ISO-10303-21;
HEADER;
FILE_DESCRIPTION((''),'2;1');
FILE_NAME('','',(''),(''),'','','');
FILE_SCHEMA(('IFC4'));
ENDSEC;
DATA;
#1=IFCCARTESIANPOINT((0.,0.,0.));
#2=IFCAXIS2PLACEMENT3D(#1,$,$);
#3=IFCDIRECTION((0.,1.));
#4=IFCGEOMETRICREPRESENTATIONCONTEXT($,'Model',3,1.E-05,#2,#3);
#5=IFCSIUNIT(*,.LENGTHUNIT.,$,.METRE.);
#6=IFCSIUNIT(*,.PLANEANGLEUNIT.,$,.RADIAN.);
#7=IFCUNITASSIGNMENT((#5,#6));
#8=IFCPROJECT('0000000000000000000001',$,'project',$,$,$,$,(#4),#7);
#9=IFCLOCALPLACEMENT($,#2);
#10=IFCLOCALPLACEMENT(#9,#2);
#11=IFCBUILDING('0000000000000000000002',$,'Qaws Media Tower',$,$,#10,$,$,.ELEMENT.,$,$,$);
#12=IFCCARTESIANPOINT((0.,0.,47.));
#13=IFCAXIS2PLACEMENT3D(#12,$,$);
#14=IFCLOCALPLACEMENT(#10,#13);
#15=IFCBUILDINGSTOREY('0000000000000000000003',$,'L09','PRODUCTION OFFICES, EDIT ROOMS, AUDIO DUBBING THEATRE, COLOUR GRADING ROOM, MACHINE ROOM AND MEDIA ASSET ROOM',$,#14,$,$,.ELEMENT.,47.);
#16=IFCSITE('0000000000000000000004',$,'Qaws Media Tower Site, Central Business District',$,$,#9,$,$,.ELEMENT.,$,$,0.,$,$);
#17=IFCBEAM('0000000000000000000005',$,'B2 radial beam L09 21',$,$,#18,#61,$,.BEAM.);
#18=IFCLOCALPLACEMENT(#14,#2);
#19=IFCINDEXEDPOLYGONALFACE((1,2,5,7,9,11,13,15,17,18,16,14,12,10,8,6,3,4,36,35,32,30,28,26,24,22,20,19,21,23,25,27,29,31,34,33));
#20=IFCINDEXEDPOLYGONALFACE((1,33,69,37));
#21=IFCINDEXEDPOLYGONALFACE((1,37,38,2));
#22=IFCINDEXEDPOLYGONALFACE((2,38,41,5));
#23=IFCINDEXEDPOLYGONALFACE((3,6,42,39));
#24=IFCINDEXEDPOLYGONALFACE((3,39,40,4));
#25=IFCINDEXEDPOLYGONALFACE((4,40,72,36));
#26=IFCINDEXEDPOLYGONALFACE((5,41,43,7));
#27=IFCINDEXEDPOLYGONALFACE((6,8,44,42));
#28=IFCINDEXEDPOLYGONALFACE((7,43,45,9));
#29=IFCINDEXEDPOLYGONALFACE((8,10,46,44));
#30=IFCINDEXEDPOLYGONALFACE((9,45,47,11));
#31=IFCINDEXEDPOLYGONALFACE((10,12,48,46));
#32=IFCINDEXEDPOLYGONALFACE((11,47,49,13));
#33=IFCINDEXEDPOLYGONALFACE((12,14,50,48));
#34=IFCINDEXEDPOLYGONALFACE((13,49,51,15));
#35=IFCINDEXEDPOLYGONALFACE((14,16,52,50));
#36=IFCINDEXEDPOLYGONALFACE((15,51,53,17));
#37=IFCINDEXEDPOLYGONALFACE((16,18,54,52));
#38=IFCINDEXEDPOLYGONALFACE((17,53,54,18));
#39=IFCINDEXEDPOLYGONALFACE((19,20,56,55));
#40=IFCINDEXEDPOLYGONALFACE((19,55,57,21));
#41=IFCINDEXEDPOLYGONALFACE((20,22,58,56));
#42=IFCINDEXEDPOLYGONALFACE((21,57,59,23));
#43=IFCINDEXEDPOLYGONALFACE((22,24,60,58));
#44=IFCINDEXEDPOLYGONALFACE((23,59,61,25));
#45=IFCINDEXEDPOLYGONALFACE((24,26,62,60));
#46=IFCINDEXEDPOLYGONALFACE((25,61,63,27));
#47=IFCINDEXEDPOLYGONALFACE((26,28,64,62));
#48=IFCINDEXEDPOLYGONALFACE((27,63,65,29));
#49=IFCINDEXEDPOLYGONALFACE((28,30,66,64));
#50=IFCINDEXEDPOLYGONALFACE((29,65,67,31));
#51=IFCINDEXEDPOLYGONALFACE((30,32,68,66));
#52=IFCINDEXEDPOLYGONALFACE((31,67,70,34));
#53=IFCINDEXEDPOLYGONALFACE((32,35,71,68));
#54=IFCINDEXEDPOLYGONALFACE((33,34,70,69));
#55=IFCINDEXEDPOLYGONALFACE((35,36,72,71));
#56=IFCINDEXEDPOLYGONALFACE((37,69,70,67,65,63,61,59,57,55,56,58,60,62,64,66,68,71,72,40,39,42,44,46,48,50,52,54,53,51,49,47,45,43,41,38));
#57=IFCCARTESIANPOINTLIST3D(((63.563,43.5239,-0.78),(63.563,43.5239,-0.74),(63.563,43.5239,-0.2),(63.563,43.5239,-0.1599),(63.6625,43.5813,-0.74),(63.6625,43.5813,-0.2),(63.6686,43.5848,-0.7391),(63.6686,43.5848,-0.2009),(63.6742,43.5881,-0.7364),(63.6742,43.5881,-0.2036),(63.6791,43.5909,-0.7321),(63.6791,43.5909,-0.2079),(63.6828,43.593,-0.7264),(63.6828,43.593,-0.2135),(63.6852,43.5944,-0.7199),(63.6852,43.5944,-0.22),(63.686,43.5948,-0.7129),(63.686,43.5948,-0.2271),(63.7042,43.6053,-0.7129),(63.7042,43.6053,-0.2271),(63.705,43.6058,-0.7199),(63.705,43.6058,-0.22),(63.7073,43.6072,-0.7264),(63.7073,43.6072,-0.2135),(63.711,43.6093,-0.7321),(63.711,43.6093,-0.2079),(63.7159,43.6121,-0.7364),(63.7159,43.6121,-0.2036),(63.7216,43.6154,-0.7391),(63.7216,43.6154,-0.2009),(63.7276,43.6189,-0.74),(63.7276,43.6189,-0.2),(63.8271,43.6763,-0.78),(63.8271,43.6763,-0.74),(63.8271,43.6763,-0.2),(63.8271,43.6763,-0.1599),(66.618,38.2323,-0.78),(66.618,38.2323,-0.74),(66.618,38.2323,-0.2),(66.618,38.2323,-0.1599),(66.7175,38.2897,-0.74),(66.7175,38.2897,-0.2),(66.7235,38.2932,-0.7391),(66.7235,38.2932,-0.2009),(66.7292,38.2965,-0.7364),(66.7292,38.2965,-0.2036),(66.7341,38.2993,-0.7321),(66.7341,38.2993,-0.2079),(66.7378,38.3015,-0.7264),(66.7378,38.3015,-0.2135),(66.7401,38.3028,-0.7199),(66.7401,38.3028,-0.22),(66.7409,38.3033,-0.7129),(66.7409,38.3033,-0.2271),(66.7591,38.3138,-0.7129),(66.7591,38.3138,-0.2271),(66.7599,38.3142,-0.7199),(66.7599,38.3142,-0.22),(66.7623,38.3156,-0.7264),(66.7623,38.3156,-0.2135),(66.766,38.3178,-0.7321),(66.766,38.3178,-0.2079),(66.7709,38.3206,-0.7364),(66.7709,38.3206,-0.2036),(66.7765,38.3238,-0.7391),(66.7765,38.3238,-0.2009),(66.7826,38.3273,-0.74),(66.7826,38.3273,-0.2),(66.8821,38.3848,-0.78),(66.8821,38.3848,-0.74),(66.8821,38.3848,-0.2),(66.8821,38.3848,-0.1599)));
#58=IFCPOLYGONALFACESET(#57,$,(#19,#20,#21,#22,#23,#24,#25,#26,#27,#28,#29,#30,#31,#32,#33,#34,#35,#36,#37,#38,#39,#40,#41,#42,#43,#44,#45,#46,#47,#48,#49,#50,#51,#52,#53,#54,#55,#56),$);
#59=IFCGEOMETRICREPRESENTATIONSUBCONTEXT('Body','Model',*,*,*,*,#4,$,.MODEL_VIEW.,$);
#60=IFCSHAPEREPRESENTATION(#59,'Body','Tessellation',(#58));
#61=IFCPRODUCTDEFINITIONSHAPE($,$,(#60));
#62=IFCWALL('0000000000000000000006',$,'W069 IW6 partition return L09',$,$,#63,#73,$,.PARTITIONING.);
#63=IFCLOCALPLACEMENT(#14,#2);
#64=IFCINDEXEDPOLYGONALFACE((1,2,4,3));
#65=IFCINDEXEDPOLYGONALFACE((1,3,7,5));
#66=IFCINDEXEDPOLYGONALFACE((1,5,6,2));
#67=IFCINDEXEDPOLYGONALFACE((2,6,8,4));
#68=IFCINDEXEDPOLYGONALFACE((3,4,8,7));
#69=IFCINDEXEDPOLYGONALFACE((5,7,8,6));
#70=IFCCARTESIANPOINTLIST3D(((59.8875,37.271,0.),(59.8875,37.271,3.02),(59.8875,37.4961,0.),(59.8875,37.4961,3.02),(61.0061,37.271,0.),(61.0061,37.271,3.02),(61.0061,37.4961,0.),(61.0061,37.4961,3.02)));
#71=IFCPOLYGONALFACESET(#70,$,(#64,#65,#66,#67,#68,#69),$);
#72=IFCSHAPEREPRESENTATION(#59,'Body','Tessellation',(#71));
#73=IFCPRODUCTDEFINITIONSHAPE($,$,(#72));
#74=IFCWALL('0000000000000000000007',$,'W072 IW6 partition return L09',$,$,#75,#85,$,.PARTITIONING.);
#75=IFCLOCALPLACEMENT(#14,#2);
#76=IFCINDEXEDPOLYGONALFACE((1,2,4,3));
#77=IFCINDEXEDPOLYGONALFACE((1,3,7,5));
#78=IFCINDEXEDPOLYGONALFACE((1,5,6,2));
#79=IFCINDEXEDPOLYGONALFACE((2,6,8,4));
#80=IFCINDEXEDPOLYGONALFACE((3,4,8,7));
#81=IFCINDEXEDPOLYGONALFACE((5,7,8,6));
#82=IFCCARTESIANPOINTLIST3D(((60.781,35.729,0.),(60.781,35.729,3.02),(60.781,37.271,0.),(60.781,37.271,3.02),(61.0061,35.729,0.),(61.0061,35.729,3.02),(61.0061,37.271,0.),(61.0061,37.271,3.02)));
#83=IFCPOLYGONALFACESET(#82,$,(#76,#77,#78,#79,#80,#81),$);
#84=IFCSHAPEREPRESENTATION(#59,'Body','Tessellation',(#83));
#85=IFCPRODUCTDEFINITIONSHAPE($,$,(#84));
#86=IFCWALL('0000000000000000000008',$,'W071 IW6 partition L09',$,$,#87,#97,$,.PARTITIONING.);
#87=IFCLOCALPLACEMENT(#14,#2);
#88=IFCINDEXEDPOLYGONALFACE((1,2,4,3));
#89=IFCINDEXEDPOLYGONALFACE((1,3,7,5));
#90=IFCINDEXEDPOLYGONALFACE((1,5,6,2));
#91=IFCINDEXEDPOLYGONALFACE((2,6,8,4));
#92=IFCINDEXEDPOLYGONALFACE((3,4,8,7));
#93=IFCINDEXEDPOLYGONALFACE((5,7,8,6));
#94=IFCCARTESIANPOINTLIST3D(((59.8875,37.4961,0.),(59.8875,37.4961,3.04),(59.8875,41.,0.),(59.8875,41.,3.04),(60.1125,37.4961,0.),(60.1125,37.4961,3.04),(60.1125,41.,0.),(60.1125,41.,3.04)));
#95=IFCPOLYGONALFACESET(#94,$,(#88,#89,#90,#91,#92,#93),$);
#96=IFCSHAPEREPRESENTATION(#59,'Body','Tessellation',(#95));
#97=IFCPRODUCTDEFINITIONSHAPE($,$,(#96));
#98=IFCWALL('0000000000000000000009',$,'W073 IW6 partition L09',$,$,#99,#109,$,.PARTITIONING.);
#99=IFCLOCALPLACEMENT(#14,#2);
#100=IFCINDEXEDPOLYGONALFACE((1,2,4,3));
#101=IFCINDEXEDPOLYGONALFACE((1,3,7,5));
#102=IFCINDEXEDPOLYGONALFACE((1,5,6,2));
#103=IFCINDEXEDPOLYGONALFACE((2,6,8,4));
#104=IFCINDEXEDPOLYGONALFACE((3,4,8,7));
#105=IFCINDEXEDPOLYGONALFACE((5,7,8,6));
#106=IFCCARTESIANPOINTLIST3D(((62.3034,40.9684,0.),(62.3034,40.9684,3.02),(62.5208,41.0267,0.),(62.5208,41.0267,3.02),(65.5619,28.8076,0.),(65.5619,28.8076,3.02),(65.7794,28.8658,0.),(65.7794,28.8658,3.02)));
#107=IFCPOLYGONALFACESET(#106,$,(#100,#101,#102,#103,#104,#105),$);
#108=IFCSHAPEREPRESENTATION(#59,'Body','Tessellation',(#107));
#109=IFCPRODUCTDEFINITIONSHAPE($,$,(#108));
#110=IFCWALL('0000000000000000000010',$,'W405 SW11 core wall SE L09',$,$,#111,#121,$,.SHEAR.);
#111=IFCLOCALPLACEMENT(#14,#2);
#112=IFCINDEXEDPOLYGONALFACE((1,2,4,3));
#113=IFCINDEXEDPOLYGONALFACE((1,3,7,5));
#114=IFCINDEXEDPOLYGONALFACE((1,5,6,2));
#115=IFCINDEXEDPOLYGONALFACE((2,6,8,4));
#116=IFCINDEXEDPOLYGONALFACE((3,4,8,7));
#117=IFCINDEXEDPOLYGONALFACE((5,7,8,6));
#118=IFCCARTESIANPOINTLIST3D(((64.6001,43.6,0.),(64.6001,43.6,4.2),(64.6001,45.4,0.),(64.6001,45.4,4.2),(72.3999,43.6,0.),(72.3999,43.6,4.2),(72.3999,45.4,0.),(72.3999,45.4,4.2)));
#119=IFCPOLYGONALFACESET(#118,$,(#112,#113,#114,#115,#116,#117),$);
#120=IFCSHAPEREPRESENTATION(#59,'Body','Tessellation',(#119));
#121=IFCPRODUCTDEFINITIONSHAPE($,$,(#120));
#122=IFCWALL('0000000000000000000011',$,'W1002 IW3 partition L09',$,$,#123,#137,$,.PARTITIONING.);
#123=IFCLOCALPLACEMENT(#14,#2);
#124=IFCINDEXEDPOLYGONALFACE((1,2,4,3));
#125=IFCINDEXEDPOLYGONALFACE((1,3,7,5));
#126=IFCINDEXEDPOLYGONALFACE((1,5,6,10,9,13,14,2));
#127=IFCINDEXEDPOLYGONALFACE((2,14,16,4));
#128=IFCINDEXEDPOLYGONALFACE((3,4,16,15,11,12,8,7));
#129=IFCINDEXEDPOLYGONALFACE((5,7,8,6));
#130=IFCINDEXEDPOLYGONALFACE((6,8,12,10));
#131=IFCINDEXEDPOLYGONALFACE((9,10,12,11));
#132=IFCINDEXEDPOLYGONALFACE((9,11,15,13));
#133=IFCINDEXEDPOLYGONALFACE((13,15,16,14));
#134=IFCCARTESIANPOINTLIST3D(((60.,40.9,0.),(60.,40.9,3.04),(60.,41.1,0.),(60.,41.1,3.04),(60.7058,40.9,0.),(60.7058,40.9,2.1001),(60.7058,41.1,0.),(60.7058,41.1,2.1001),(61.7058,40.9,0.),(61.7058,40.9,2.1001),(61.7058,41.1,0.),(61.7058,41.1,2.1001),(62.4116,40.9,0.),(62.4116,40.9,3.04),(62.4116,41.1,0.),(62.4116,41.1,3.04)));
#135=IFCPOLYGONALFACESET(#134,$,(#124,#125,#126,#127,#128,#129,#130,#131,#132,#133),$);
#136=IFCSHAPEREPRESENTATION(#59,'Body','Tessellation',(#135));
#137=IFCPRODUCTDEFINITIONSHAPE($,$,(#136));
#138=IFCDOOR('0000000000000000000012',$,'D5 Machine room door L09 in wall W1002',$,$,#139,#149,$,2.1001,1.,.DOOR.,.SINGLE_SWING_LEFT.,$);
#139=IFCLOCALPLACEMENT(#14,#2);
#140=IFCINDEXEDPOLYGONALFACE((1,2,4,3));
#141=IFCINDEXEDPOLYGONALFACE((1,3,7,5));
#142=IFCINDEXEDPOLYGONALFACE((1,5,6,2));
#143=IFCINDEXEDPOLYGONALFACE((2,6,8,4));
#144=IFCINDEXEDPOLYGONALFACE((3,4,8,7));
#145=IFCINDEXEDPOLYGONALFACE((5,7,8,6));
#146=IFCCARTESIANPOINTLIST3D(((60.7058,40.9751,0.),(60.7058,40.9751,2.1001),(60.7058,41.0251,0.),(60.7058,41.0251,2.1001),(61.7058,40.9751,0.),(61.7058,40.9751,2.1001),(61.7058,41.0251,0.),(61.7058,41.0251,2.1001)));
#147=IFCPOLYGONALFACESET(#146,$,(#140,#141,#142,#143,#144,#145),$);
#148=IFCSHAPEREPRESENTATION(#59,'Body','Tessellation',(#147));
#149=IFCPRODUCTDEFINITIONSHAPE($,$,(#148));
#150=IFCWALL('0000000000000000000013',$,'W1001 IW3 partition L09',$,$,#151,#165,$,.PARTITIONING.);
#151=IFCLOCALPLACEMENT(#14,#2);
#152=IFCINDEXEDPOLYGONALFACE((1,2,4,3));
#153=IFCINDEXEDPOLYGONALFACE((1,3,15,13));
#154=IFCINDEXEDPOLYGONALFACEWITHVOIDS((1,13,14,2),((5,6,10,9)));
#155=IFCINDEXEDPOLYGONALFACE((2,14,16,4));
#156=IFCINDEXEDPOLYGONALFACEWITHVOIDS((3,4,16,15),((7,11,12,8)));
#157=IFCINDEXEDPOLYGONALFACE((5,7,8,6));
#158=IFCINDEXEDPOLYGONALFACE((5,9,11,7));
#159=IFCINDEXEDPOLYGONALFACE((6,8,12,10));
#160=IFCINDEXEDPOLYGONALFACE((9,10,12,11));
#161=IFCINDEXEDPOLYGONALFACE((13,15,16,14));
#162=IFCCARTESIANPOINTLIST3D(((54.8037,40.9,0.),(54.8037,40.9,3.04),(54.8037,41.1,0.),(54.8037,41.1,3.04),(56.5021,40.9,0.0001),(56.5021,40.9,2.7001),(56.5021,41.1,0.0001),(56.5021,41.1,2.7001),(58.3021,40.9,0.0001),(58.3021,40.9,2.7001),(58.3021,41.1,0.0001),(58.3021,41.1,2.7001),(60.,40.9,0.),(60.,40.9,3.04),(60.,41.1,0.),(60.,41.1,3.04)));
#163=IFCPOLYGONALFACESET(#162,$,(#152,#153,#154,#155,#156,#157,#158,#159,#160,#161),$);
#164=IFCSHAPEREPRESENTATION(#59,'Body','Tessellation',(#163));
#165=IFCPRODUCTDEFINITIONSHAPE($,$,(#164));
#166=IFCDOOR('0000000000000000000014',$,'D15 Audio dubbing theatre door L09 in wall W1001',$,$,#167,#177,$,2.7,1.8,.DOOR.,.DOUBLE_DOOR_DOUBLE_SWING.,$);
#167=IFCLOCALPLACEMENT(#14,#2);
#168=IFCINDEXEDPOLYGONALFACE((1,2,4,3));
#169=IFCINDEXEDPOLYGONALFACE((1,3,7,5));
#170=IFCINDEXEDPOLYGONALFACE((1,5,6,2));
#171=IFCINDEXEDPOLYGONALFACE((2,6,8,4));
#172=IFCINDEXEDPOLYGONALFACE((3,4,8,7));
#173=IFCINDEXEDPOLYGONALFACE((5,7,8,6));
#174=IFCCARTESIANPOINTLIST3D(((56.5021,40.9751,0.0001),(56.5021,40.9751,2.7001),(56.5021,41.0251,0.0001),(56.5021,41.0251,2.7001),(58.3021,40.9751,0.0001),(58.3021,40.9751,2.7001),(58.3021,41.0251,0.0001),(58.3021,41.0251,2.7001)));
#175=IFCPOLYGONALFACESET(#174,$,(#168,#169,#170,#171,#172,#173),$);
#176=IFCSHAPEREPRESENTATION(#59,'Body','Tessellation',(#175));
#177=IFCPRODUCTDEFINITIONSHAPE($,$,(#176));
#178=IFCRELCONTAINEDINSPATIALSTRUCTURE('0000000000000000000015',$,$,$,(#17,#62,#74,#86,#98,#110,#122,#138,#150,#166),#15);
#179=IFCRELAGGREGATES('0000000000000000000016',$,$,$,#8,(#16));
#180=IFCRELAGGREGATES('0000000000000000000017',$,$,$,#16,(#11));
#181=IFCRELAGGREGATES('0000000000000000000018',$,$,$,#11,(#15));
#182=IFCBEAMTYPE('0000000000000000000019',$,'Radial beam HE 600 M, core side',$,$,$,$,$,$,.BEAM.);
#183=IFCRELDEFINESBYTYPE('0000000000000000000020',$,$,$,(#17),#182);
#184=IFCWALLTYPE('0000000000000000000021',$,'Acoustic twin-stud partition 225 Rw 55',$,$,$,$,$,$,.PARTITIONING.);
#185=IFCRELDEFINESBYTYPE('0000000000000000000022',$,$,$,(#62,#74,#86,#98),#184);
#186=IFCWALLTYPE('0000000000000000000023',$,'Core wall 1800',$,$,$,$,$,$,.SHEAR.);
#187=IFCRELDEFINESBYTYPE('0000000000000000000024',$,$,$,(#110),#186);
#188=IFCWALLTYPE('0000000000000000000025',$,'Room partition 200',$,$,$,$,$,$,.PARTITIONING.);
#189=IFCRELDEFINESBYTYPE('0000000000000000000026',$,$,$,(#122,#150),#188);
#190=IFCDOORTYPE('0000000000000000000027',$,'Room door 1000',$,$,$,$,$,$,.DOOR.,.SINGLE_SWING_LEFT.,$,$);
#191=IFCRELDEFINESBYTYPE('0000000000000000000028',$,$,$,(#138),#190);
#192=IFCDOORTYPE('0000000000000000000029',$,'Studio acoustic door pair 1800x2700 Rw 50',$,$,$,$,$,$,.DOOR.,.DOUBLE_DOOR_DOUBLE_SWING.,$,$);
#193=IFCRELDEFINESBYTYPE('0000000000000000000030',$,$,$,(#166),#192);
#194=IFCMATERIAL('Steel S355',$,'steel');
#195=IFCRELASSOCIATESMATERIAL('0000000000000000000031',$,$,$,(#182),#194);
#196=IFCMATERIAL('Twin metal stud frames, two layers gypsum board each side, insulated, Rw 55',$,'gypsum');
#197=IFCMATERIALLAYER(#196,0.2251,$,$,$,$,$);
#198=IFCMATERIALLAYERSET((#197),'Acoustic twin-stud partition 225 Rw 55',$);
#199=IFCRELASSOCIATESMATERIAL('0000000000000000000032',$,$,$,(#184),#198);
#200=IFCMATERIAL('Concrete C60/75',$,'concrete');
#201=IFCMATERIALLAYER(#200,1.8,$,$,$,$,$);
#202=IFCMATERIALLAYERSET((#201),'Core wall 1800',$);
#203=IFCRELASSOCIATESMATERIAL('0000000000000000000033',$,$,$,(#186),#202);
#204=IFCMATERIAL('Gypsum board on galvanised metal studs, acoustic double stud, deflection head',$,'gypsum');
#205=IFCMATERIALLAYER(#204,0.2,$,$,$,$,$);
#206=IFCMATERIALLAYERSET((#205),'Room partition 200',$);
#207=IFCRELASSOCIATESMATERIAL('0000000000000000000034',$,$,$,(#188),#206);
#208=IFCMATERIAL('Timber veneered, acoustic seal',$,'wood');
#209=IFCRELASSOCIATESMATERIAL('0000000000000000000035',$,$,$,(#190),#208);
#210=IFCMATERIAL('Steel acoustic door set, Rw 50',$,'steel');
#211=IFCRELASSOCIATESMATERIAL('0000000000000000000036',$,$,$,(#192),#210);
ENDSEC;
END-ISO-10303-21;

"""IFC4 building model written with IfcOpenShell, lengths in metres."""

from ifc_helpers import new_model, si_unit, direction, frame, frame_2d, origin, origin_2d, place, context, subcontext, project, spatial, rectangle, i_section, extrude, material, layer, layer_set, material_profile, profile_set, type_object, element, fill, save


model = new_model("IFC4")

# Units and contexts
model_context = context("Model", 3, precision=1e-05, world=origin(), true_north=direction((0.0, 1.0)))
body_context = subcontext(model_context, "Body", "Model", "MODEL_VIEW")
ifc_project = project(units=[si_unit("LENGTHUNIT", "METRE"), si_unit("PLANEANGLEUNIT", "RADIAN")], contexts=[model_context])

# Site, building, storey
site_placement = place(None, origin())
site = spatial("IfcSite", under=ifc_project, at=site_placement, Name="Qaws Media Tower Site, Central Business District", CompositionType="ELEMENT", RefElevation=0.0)
building_placement = place(site_placement, origin())
building = spatial("IfcBuilding", under=site, at=building_placement, Name="Qaws Media Tower", CompositionType="ELEMENT")
storey_placement = place(building_placement, frame((0.0, 0.0, 47.0)))
storey = spatial("IfcBuildingStorey", under=building, at=storey_placement, Name="L09", Description="PRODUCTION OFFICES, EDIT ROOMS, AUDIO DUBBING THEATRE, COLOUR GRADING ROOM, MACHINE ROOM AND MEDIA ASSET ROOM", CompositionType="ELEMENT", Elevation=47.0)

# Beam
ifc_material_1 = material(Name="Steel S355", Category="steel")
ifc_material_profile = material_profile(ifc_material_1, i_section(OverallWidth=0.3049, OverallDepth=0.6201, WebThickness=0.021, FlangeThickness=0.04, FilletRadius=0.0271, at=origin_2d()), Name="HE 600 M")
ifc_profile_set = profile_set([ifc_material_profile], Name="Steel S355")
beam_type = type_object("IfcBeamType", Name="Radial beam HE 600 M, core side", PredefinedType="BEAM", material=ifc_profile_set)
beam_1_placement = place(storey_placement, frame((63.6951, 43.6001, -0.47), z_axis=(0.499985, -0.866034, 0.0), x_axis=(0.866034, 0.499985, 0.0)))
element("IfcBeam", 1, at=beam_1_placement, inside=storey, type_object=beam_type, Name="B2 radial beam L09 21", PredefinedType="BEAM", context=body_context, shape_type="SweptSolid", body=[
    extrude(i_section(OverallWidth=0.3049, OverallDepth=0.6201, WebThickness=0.021, FlangeThickness=0.04, FilletRadius=0.0271, at=origin_2d()), origin(), (0.0, 0.0, 1.0), 6.1101),
])

# Walls
ifc_material_2 = material(Name="Twin metal stud frames, two layers gypsum board each side, insulated, Rw 55", Category="gypsum")
ifc_layer_1 = layer(ifc_material_2, 0.2251)
ifc_layer_set_1 = layer_set([ifc_layer_1], Name="Acoustic twin-stud partition 225 Rw 55")
wall_type_1 = type_object("IfcWallType", Name="Acoustic twin-stud partition 225 Rw 55", PredefinedType="PARTITIONING", material=ifc_layer_set_1)
wall_1_placement = place(storey_placement, frame((59.8875, 37.3835, 0.0), z_axis=(0.0, 0.0, 1.0), x_axis=(1.0, 0.0, 0.0)))
element("IfcWall", 2, at=wall_1_placement, inside=storey, type_object=wall_type_1, Name="W069 IW6 partition return L09", PredefinedType="PARTITIONING", context=body_context, shape_type="SweptSolid", body=[
    extrude(rectangle(XDim=1.1187, YDim=0.2251, at=frame_2d((0.5593, 0.0))), origin(), (0.0, 0.0, 1.0), 3.02),
])
wall_2_placement = place(storey_placement, frame((60.8936, 37.271, 0.0), z_axis=(0.0, 0.0, 1.0), x_axis=(0.0, -1.0, 0.0)))
element("IfcWall", 3, at=wall_2_placement, inside=storey, type_object=wall_type_1, Name="W072 IW6 partition return L09", PredefinedType="PARTITIONING", context=body_context, shape_type="SweptSolid", body=[
    extrude(rectangle(XDim=1.542, YDim=0.2251, at=frame_2d((0.771, 0.0))), origin(), (0.0, 0.0, 1.0), 3.02),
])
wall_3_placement = place(storey_placement, frame((60.0, 41.0, 0.0), z_axis=(0.0, 0.0, 1.0), x_axis=(0.0, -1.0, 0.0)))
element("IfcWall", 4, at=wall_3_placement, inside=storey, type_object=wall_type_1, Name="W071 IW6 partition L09", PredefinedType="PARTITIONING", context=body_context, shape_type="SweptSolid", body=[
    extrude(rectangle(XDim=3.5039, YDim=0.2251, at=frame_2d((1.752, 0.0))), origin(), (0.0, 0.0, 1.0), 3.04),
])
wall_4_placement = place(storey_placement, frame((62.4121, 40.9976, 0.0), z_axis=(0.0, 0.0, 1.0), x_axis=(0.258822, -0.965925, 0.0)))
element("IfcWall", 5, at=wall_4_placement, inside=storey, type_object=wall_type_1, Name="W073 IW6 partition L09", PredefinedType="PARTITIONING", context=body_context, shape_type="SweptSolid", body=[
    extrude(rectangle(XDim=12.5898, YDim=0.2251, at=frame_2d((6.2949, 0.0))), origin(), (0.0, 0.0, 1.0), 3.02),
])
ifc_material_3 = material(Name="Concrete C60/75", Category="concrete")
ifc_layer_2 = layer(ifc_material_3, 1.8)
ifc_layer_set_2 = layer_set([ifc_layer_2], Name="Core wall 1800")
wall_type_2 = type_object("IfcWallType", Name="Core wall 1800", PredefinedType="SHEAR", material=ifc_layer_set_2)
wall_5_placement = place(storey_placement, frame((64.6001, 44.5, 0.0), z_axis=(0.0, 0.0, 1.0), x_axis=(1.0, 0.0, 0.0)))
element("IfcWall", 6, at=wall_5_placement, inside=storey, type_object=wall_type_2, Name="W405 SW11 core wall SE L09", PredefinedType="SHEAR", context=body_context, shape_type="SweptSolid", body=[
    extrude(rectangle(XDim=7.7998, YDim=1.8, at=frame_2d((3.8999, 0.0))), origin(), (0.0, 0.0, 1.0), 4.2),
])

# Walls, openings, doors
ifc_material_4 = material(Name="Gypsum board on galvanised metal studs, acoustic double stud, deflection head", Category="gypsum")
ifc_layer_3 = layer(ifc_material_4, 0.2)
ifc_layer_set_3 = layer_set([ifc_layer_3], Name="Room partition 200")
wall_type_3 = type_object("IfcWallType", Name="Room partition 200", PredefinedType="PARTITIONING", material=ifc_layer_set_3)
wall_6_placement = place(storey_placement, frame((62.4116, 41.0, 0.0), z_axis=(0.0, 0.0, 1.0), x_axis=(-1.0, 0.0, 0.0)))
wall_6 = element("IfcWall", 7, at=wall_6_placement, inside=storey, type_object=wall_type_3, Name="W1002 IW3 partition L09", PredefinedType="PARTITIONING", context=body_context, shape_type="SweptSolid", body=[
    extrude(rectangle(XDim=2.4116, YDim=0.2, at=frame_2d((1.2058, 0.0))), origin(), (0.0, 0.0, 1.0), 3.04),
])
opening_1_placement = place(wall_6_placement, frame((0.7058, 0.0, 0.0)))
opening_1 = element("IfcOpeningElement", 8, at=opening_1_placement, cuts=wall_6, PredefinedType="OPENING", context=body_context, shape_type="SweptSolid", body=[
    extrude(rectangle(XDim=1.0, YDim=2.1001, at=frame_2d((0.5, 1.05))), frame((0.0, 0.1099, 0.0), z_axis=(0.0, -1.0, 0.0), x_axis=(1.0, 0.0, 0.0)), (0.0, 0.0, 1.0), 0.22),
])
ifc_material_5 = material(Name="Timber veneered, acoustic seal", Category="wood")
door_type_1 = type_object("IfcDoorType", Name="Room door 1000", OperationType="SINGLE_SWING_LEFT", PredefinedType="DOOR", material=ifc_material_5)
door_1_placement = place(opening_1_placement, origin())
door_1 = element("IfcDoor", 9, at=door_1_placement, inside=storey, type_object=door_type_1, Name="D5 Machine room door L09 in wall W1002", OperationType="SINGLE_SWING_LEFT", OverallHeight=2.1001, OverallWidth=1.0, PredefinedType="DOOR", context=body_context, shape_type="SweptSolid", body=[
    extrude(rectangle(XDim=1.0, YDim=2.1001, at=frame_2d((0.5, 1.05))), frame((0.0, 0.0249, 0.0), z_axis=(0.0, -1.0, 0.0), x_axis=(1.0, 0.0, 0.0)), (0.0, 0.0, 1.0), 0.05),
])
fill(opening_1, door_1)
wall_7_placement = place(storey_placement, frame((60.0, 41.0, 0.0), z_axis=(0.0, 0.0, 1.0), x_axis=(-1.0, 0.0, 0.0)))
wall_7 = element("IfcWall", 10, at=wall_7_placement, inside=storey, type_object=wall_type_3, Name="W1001 IW3 partition L09", PredefinedType="PARTITIONING", context=body_context, shape_type="SweptSolid", body=[
    extrude(rectangle(XDim=5.1963, YDim=0.2, at=frame_2d((2.5981, 0.0))), origin(), (0.0, 0.0, 1.0), 3.04),
])
opening_2_placement = place(wall_7_placement, frame((1.698, 0.0, 0.0)))
opening_2 = element("IfcOpeningElement", 11, at=opening_2_placement, cuts=wall_7, PredefinedType="OPENING", context=body_context, shape_type="SweptSolid", body=[
    extrude(rectangle(XDim=1.8, YDim=2.7, at=frame_2d((0.8999, 1.3501))), frame((0.0, 0.1099, 0.0), z_axis=(0.0, -1.0, 0.0), x_axis=(1.0, 0.0, 0.0)), (0.0, 0.0, 1.0), 0.22),
])
ifc_material_6 = material(Name="Steel acoustic door set, Rw 50", Category="steel")
door_type_2 = type_object("IfcDoorType", Name="Studio acoustic door pair 1800x2700 Rw 50", OperationType="DOUBLE_DOOR_DOUBLE_SWING", PredefinedType="DOOR", material=ifc_material_6)
door_2_placement = place(opening_2_placement, origin())
door_2 = element("IfcDoor", 12, at=door_2_placement, inside=storey, type_object=door_type_2, Name="D15 Audio dubbing theatre door L09 in wall W1001", OperationType="DOUBLE_DOOR_DOUBLE_SWING", OverallHeight=2.7, OverallWidth=1.8, PredefinedType="DOOR", context=body_context, shape_type="SweptSolid", body=[
    extrude(rectangle(XDim=1.8, YDim=2.7, at=frame_2d((0.8999, 1.3501))), frame((0.0, 0.0249, 0.0), z_axis=(0.0, -1.0, 0.0), x_axis=(1.0, 0.0, 0.0)), (0.0, 0.0, 1.0), 0.05),
])
fill(opening_2, door_2)

save(model, "model.ifc")
